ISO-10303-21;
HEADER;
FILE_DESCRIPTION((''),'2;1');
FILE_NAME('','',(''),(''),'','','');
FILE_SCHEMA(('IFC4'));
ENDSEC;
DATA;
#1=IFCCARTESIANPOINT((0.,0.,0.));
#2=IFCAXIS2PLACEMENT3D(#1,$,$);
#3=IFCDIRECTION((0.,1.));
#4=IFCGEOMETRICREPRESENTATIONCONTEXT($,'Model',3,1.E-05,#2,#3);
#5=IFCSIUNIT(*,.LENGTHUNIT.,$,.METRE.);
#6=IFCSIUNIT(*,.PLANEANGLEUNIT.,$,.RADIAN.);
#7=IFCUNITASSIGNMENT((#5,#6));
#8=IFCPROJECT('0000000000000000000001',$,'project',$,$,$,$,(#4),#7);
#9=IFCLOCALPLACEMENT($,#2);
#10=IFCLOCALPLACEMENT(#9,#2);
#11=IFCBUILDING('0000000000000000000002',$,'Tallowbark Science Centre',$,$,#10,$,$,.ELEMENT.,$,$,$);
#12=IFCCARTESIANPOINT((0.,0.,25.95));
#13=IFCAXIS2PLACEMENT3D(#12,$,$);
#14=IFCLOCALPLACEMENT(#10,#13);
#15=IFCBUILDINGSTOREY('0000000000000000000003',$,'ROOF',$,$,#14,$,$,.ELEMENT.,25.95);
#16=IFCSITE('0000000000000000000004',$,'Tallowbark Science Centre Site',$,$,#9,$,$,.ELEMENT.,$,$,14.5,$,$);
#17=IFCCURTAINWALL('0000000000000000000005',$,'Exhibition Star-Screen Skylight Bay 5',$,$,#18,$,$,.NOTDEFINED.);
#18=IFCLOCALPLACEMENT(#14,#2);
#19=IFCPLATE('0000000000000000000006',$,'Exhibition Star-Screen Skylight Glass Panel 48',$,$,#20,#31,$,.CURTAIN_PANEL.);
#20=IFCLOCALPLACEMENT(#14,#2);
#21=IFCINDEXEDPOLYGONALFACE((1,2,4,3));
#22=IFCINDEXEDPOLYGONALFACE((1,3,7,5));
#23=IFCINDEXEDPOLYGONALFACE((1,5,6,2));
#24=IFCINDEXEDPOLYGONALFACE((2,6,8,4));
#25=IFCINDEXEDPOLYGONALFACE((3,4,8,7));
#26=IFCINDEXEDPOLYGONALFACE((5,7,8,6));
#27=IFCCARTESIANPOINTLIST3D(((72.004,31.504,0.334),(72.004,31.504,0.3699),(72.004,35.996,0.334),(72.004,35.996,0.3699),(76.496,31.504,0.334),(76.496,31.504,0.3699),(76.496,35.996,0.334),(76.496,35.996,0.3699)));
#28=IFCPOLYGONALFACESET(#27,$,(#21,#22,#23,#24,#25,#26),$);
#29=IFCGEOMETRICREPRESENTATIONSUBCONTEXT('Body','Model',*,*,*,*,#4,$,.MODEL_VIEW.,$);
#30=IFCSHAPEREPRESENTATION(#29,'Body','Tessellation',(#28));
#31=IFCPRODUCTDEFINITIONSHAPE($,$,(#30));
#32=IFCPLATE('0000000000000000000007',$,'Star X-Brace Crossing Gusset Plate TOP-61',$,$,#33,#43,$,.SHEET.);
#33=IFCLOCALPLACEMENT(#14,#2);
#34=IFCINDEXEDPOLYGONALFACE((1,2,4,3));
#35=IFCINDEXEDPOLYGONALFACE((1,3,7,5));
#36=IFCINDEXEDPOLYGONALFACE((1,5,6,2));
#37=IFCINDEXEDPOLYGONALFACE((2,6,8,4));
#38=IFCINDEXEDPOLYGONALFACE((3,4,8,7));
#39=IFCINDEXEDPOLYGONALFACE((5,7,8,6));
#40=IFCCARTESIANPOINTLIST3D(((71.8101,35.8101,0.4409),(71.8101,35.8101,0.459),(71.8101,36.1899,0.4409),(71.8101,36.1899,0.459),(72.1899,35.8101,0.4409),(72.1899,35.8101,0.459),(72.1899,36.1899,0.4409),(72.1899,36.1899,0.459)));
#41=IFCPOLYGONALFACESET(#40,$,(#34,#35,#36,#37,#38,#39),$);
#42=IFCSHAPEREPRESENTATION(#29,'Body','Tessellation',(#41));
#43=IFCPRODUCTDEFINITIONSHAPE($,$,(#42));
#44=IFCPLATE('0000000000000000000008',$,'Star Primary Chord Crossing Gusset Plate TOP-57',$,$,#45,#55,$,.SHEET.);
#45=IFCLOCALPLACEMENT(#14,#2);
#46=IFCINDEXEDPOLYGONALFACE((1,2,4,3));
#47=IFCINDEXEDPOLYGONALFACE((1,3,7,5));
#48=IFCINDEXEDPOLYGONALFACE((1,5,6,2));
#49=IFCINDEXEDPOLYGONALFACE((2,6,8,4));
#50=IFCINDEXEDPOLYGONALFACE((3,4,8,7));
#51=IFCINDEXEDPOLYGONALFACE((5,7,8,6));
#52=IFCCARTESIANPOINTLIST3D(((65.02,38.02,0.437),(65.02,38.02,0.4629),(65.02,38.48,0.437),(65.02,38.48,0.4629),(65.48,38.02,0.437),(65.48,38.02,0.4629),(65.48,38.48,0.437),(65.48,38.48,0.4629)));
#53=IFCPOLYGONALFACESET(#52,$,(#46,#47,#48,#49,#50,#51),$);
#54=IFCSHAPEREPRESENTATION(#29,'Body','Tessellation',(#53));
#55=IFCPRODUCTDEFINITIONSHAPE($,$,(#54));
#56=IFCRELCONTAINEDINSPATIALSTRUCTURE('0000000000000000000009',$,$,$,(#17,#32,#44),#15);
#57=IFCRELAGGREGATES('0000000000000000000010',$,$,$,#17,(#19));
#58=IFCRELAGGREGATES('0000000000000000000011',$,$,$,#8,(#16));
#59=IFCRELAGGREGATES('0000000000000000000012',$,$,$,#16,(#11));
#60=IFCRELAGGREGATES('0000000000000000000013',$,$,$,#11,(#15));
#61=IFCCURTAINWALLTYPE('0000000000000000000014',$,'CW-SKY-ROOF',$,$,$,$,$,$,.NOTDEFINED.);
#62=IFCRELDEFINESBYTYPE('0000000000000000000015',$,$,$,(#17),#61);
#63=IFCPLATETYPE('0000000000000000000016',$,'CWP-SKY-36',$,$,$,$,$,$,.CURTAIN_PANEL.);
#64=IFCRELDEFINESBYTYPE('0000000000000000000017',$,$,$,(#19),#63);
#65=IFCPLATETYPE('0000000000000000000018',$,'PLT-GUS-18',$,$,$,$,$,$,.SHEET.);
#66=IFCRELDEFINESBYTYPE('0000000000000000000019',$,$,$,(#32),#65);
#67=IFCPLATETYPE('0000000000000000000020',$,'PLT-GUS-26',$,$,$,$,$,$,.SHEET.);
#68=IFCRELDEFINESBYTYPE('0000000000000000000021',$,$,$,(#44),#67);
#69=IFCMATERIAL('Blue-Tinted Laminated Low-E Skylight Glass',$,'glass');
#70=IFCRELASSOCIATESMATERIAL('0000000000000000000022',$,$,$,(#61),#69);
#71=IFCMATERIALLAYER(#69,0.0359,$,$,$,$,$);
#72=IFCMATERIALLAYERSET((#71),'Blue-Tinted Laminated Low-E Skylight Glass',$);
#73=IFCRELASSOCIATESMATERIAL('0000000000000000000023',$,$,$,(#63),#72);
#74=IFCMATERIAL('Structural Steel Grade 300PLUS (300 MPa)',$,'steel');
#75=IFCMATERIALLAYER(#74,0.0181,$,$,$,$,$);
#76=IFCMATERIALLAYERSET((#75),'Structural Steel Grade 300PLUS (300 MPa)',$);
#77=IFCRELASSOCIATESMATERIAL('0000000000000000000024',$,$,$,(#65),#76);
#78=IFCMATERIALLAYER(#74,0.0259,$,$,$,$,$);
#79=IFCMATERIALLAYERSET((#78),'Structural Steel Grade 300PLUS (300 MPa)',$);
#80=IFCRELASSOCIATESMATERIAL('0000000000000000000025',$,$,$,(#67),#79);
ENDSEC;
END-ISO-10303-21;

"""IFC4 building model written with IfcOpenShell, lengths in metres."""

from ifc_helpers import new_model, si_unit, direction, frame, origin, origin_2d, place, context, subcontext, project, spatial, rectangle, extrude, material, layer, layer_set, type_object, element, aggregate, save


model = new_model("IFC4")

# Units and contexts
model_context = context("Model", 3, precision=1e-05, world=origin(), true_north=direction((0.0, 1.0)))
body_context = subcontext(model_context, "Body", "Model", "MODEL_VIEW")
ifc_project = project(units=[si_unit("LENGTHUNIT", "METRE"), si_unit("PLANEANGLEUNIT", "RADIAN")], contexts=[model_context])

# Site, building, storey
site_placement = place(None, origin())
site = spatial("IfcSite", under=ifc_project, at=site_placement, Name="Tallowbark Science Centre Site", CompositionType="ELEMENT", RefElevation=14.5)
building_placement = place(site_placement, origin())
building = spatial("IfcBuilding", under=site, at=building_placement, Name="Tallowbark Science Centre", CompositionType="ELEMENT")
storey_placement = place(building_placement, frame((0.0, 0.0, 25.95)))
storey = spatial("IfcBuildingStorey", under=building, at=storey_placement, Name="ROOF", CompositionType="ELEMENT", Elevation=25.95)

# Curtain wall
ifc_material_1 = material(Name="Blue-Tinted Laminated Low-E Skylight Glass", Category="glass")
curtain_wall_type = type_object("IfcCurtainWallType", Name="CW-SKY-ROOF", PredefinedType="NOTDEFINED", material=ifc_material_1)
curtain_wall_1_placement = place(storey_placement, origin())
curtain_wall_1 = element("IfcCurtainWall", 1, at=curtain_wall_1_placement, inside=storey, type_object=curtain_wall_type, Name="Exhibition Star-Screen Skylight Bay 5", PredefinedType="NOTDEFINED")

# Shared definitions
ifc_layer_1 = layer(ifc_material_1, 0.0359)
ifc_layer_set_1 = layer_set([ifc_layer_1], Name="Blue-Tinted Laminated Low-E Skylight Glass")
plate_type_1 = type_object("IfcPlateType", Name="CWP-SKY-36", PredefinedType="CURTAIN_PANEL", material=ifc_layer_set_1)

# Plate
plate_1_placement = place(storey_placement, frame((74.25, 33.75, 0.334), z_axis=(0.0, 0.0, 1.0), x_axis=(1.0, 0.0, 0.0)))
plate_1 = element("IfcPlate", 2, at=plate_1_placement, type_object=plate_type_1, Name="Exhibition Star-Screen Skylight Glass Panel 48", PredefinedType="CURTAIN_PANEL", context=body_context, shape_type="SweptSolid", body=[
    extrude(rectangle(XDim=4.4919, YDim=4.4919, at=origin_2d()), origin(), (0.0, 0.0, 1.0), 0.0359),
])
aggregate(curtain_wall_1, [plate_1])

# Plates
ifc_material_2 = material(Name="Structural Steel Grade 300PLUS (300 MPa)", Category="steel")
ifc_layer_2 = layer(ifc_material_2, 0.0181)
ifc_layer_set_2 = layer_set([ifc_layer_2], Name="Structural Steel Grade 300PLUS (300 MPa)")
plate_type_2 = type_object("IfcPlateType", Name="PLT-GUS-18", PredefinedType="SHEET", material=ifc_layer_set_2)
plate_2_placement = place(storey_placement, frame((72.0, 36.0, 0.4409), z_axis=(0.0, 0.0, 1.0), x_axis=(1.0, 0.0, 0.0)))
element("IfcPlate", 3, at=plate_2_placement, inside=storey, type_object=plate_type_2, Name="Star X-Brace Crossing Gusset Plate TOP-61", PredefinedType="SHEET", context=body_context, shape_type="SweptSolid", body=[
    extrude(rectangle(XDim=0.3799, YDim=0.3799, at=origin_2d()), origin(), (0.0, 0.0, 1.0), 0.0181),
])
ifc_layer_3 = layer(ifc_material_2, 0.0259)
ifc_layer_set_3 = layer_set([ifc_layer_3], Name="Structural Steel Grade 300PLUS (300 MPa)")
plate_type_3 = type_object("IfcPlateType", Name="PLT-GUS-26", PredefinedType="SHEET", material=ifc_layer_set_3)
plate_3_placement = place(storey_placement, frame((65.25, 38.25, 0.437), z_axis=(0.0, 0.0, 1.0), x_axis=(1.0, 0.0, 0.0)))
element("IfcPlate", 4, at=plate_3_placement, inside=storey, type_object=plate_type_3, Name="Star Primary Chord Crossing Gusset Plate TOP-57", PredefinedType="SHEET", context=body_context, shape_type="SweptSolid", body=[
    extrude(rectangle(XDim=0.46, YDim=0.46, at=origin_2d()), origin(), (0.0, 0.0, 1.0), 0.0259),
])

save(model, "model.ifc")
